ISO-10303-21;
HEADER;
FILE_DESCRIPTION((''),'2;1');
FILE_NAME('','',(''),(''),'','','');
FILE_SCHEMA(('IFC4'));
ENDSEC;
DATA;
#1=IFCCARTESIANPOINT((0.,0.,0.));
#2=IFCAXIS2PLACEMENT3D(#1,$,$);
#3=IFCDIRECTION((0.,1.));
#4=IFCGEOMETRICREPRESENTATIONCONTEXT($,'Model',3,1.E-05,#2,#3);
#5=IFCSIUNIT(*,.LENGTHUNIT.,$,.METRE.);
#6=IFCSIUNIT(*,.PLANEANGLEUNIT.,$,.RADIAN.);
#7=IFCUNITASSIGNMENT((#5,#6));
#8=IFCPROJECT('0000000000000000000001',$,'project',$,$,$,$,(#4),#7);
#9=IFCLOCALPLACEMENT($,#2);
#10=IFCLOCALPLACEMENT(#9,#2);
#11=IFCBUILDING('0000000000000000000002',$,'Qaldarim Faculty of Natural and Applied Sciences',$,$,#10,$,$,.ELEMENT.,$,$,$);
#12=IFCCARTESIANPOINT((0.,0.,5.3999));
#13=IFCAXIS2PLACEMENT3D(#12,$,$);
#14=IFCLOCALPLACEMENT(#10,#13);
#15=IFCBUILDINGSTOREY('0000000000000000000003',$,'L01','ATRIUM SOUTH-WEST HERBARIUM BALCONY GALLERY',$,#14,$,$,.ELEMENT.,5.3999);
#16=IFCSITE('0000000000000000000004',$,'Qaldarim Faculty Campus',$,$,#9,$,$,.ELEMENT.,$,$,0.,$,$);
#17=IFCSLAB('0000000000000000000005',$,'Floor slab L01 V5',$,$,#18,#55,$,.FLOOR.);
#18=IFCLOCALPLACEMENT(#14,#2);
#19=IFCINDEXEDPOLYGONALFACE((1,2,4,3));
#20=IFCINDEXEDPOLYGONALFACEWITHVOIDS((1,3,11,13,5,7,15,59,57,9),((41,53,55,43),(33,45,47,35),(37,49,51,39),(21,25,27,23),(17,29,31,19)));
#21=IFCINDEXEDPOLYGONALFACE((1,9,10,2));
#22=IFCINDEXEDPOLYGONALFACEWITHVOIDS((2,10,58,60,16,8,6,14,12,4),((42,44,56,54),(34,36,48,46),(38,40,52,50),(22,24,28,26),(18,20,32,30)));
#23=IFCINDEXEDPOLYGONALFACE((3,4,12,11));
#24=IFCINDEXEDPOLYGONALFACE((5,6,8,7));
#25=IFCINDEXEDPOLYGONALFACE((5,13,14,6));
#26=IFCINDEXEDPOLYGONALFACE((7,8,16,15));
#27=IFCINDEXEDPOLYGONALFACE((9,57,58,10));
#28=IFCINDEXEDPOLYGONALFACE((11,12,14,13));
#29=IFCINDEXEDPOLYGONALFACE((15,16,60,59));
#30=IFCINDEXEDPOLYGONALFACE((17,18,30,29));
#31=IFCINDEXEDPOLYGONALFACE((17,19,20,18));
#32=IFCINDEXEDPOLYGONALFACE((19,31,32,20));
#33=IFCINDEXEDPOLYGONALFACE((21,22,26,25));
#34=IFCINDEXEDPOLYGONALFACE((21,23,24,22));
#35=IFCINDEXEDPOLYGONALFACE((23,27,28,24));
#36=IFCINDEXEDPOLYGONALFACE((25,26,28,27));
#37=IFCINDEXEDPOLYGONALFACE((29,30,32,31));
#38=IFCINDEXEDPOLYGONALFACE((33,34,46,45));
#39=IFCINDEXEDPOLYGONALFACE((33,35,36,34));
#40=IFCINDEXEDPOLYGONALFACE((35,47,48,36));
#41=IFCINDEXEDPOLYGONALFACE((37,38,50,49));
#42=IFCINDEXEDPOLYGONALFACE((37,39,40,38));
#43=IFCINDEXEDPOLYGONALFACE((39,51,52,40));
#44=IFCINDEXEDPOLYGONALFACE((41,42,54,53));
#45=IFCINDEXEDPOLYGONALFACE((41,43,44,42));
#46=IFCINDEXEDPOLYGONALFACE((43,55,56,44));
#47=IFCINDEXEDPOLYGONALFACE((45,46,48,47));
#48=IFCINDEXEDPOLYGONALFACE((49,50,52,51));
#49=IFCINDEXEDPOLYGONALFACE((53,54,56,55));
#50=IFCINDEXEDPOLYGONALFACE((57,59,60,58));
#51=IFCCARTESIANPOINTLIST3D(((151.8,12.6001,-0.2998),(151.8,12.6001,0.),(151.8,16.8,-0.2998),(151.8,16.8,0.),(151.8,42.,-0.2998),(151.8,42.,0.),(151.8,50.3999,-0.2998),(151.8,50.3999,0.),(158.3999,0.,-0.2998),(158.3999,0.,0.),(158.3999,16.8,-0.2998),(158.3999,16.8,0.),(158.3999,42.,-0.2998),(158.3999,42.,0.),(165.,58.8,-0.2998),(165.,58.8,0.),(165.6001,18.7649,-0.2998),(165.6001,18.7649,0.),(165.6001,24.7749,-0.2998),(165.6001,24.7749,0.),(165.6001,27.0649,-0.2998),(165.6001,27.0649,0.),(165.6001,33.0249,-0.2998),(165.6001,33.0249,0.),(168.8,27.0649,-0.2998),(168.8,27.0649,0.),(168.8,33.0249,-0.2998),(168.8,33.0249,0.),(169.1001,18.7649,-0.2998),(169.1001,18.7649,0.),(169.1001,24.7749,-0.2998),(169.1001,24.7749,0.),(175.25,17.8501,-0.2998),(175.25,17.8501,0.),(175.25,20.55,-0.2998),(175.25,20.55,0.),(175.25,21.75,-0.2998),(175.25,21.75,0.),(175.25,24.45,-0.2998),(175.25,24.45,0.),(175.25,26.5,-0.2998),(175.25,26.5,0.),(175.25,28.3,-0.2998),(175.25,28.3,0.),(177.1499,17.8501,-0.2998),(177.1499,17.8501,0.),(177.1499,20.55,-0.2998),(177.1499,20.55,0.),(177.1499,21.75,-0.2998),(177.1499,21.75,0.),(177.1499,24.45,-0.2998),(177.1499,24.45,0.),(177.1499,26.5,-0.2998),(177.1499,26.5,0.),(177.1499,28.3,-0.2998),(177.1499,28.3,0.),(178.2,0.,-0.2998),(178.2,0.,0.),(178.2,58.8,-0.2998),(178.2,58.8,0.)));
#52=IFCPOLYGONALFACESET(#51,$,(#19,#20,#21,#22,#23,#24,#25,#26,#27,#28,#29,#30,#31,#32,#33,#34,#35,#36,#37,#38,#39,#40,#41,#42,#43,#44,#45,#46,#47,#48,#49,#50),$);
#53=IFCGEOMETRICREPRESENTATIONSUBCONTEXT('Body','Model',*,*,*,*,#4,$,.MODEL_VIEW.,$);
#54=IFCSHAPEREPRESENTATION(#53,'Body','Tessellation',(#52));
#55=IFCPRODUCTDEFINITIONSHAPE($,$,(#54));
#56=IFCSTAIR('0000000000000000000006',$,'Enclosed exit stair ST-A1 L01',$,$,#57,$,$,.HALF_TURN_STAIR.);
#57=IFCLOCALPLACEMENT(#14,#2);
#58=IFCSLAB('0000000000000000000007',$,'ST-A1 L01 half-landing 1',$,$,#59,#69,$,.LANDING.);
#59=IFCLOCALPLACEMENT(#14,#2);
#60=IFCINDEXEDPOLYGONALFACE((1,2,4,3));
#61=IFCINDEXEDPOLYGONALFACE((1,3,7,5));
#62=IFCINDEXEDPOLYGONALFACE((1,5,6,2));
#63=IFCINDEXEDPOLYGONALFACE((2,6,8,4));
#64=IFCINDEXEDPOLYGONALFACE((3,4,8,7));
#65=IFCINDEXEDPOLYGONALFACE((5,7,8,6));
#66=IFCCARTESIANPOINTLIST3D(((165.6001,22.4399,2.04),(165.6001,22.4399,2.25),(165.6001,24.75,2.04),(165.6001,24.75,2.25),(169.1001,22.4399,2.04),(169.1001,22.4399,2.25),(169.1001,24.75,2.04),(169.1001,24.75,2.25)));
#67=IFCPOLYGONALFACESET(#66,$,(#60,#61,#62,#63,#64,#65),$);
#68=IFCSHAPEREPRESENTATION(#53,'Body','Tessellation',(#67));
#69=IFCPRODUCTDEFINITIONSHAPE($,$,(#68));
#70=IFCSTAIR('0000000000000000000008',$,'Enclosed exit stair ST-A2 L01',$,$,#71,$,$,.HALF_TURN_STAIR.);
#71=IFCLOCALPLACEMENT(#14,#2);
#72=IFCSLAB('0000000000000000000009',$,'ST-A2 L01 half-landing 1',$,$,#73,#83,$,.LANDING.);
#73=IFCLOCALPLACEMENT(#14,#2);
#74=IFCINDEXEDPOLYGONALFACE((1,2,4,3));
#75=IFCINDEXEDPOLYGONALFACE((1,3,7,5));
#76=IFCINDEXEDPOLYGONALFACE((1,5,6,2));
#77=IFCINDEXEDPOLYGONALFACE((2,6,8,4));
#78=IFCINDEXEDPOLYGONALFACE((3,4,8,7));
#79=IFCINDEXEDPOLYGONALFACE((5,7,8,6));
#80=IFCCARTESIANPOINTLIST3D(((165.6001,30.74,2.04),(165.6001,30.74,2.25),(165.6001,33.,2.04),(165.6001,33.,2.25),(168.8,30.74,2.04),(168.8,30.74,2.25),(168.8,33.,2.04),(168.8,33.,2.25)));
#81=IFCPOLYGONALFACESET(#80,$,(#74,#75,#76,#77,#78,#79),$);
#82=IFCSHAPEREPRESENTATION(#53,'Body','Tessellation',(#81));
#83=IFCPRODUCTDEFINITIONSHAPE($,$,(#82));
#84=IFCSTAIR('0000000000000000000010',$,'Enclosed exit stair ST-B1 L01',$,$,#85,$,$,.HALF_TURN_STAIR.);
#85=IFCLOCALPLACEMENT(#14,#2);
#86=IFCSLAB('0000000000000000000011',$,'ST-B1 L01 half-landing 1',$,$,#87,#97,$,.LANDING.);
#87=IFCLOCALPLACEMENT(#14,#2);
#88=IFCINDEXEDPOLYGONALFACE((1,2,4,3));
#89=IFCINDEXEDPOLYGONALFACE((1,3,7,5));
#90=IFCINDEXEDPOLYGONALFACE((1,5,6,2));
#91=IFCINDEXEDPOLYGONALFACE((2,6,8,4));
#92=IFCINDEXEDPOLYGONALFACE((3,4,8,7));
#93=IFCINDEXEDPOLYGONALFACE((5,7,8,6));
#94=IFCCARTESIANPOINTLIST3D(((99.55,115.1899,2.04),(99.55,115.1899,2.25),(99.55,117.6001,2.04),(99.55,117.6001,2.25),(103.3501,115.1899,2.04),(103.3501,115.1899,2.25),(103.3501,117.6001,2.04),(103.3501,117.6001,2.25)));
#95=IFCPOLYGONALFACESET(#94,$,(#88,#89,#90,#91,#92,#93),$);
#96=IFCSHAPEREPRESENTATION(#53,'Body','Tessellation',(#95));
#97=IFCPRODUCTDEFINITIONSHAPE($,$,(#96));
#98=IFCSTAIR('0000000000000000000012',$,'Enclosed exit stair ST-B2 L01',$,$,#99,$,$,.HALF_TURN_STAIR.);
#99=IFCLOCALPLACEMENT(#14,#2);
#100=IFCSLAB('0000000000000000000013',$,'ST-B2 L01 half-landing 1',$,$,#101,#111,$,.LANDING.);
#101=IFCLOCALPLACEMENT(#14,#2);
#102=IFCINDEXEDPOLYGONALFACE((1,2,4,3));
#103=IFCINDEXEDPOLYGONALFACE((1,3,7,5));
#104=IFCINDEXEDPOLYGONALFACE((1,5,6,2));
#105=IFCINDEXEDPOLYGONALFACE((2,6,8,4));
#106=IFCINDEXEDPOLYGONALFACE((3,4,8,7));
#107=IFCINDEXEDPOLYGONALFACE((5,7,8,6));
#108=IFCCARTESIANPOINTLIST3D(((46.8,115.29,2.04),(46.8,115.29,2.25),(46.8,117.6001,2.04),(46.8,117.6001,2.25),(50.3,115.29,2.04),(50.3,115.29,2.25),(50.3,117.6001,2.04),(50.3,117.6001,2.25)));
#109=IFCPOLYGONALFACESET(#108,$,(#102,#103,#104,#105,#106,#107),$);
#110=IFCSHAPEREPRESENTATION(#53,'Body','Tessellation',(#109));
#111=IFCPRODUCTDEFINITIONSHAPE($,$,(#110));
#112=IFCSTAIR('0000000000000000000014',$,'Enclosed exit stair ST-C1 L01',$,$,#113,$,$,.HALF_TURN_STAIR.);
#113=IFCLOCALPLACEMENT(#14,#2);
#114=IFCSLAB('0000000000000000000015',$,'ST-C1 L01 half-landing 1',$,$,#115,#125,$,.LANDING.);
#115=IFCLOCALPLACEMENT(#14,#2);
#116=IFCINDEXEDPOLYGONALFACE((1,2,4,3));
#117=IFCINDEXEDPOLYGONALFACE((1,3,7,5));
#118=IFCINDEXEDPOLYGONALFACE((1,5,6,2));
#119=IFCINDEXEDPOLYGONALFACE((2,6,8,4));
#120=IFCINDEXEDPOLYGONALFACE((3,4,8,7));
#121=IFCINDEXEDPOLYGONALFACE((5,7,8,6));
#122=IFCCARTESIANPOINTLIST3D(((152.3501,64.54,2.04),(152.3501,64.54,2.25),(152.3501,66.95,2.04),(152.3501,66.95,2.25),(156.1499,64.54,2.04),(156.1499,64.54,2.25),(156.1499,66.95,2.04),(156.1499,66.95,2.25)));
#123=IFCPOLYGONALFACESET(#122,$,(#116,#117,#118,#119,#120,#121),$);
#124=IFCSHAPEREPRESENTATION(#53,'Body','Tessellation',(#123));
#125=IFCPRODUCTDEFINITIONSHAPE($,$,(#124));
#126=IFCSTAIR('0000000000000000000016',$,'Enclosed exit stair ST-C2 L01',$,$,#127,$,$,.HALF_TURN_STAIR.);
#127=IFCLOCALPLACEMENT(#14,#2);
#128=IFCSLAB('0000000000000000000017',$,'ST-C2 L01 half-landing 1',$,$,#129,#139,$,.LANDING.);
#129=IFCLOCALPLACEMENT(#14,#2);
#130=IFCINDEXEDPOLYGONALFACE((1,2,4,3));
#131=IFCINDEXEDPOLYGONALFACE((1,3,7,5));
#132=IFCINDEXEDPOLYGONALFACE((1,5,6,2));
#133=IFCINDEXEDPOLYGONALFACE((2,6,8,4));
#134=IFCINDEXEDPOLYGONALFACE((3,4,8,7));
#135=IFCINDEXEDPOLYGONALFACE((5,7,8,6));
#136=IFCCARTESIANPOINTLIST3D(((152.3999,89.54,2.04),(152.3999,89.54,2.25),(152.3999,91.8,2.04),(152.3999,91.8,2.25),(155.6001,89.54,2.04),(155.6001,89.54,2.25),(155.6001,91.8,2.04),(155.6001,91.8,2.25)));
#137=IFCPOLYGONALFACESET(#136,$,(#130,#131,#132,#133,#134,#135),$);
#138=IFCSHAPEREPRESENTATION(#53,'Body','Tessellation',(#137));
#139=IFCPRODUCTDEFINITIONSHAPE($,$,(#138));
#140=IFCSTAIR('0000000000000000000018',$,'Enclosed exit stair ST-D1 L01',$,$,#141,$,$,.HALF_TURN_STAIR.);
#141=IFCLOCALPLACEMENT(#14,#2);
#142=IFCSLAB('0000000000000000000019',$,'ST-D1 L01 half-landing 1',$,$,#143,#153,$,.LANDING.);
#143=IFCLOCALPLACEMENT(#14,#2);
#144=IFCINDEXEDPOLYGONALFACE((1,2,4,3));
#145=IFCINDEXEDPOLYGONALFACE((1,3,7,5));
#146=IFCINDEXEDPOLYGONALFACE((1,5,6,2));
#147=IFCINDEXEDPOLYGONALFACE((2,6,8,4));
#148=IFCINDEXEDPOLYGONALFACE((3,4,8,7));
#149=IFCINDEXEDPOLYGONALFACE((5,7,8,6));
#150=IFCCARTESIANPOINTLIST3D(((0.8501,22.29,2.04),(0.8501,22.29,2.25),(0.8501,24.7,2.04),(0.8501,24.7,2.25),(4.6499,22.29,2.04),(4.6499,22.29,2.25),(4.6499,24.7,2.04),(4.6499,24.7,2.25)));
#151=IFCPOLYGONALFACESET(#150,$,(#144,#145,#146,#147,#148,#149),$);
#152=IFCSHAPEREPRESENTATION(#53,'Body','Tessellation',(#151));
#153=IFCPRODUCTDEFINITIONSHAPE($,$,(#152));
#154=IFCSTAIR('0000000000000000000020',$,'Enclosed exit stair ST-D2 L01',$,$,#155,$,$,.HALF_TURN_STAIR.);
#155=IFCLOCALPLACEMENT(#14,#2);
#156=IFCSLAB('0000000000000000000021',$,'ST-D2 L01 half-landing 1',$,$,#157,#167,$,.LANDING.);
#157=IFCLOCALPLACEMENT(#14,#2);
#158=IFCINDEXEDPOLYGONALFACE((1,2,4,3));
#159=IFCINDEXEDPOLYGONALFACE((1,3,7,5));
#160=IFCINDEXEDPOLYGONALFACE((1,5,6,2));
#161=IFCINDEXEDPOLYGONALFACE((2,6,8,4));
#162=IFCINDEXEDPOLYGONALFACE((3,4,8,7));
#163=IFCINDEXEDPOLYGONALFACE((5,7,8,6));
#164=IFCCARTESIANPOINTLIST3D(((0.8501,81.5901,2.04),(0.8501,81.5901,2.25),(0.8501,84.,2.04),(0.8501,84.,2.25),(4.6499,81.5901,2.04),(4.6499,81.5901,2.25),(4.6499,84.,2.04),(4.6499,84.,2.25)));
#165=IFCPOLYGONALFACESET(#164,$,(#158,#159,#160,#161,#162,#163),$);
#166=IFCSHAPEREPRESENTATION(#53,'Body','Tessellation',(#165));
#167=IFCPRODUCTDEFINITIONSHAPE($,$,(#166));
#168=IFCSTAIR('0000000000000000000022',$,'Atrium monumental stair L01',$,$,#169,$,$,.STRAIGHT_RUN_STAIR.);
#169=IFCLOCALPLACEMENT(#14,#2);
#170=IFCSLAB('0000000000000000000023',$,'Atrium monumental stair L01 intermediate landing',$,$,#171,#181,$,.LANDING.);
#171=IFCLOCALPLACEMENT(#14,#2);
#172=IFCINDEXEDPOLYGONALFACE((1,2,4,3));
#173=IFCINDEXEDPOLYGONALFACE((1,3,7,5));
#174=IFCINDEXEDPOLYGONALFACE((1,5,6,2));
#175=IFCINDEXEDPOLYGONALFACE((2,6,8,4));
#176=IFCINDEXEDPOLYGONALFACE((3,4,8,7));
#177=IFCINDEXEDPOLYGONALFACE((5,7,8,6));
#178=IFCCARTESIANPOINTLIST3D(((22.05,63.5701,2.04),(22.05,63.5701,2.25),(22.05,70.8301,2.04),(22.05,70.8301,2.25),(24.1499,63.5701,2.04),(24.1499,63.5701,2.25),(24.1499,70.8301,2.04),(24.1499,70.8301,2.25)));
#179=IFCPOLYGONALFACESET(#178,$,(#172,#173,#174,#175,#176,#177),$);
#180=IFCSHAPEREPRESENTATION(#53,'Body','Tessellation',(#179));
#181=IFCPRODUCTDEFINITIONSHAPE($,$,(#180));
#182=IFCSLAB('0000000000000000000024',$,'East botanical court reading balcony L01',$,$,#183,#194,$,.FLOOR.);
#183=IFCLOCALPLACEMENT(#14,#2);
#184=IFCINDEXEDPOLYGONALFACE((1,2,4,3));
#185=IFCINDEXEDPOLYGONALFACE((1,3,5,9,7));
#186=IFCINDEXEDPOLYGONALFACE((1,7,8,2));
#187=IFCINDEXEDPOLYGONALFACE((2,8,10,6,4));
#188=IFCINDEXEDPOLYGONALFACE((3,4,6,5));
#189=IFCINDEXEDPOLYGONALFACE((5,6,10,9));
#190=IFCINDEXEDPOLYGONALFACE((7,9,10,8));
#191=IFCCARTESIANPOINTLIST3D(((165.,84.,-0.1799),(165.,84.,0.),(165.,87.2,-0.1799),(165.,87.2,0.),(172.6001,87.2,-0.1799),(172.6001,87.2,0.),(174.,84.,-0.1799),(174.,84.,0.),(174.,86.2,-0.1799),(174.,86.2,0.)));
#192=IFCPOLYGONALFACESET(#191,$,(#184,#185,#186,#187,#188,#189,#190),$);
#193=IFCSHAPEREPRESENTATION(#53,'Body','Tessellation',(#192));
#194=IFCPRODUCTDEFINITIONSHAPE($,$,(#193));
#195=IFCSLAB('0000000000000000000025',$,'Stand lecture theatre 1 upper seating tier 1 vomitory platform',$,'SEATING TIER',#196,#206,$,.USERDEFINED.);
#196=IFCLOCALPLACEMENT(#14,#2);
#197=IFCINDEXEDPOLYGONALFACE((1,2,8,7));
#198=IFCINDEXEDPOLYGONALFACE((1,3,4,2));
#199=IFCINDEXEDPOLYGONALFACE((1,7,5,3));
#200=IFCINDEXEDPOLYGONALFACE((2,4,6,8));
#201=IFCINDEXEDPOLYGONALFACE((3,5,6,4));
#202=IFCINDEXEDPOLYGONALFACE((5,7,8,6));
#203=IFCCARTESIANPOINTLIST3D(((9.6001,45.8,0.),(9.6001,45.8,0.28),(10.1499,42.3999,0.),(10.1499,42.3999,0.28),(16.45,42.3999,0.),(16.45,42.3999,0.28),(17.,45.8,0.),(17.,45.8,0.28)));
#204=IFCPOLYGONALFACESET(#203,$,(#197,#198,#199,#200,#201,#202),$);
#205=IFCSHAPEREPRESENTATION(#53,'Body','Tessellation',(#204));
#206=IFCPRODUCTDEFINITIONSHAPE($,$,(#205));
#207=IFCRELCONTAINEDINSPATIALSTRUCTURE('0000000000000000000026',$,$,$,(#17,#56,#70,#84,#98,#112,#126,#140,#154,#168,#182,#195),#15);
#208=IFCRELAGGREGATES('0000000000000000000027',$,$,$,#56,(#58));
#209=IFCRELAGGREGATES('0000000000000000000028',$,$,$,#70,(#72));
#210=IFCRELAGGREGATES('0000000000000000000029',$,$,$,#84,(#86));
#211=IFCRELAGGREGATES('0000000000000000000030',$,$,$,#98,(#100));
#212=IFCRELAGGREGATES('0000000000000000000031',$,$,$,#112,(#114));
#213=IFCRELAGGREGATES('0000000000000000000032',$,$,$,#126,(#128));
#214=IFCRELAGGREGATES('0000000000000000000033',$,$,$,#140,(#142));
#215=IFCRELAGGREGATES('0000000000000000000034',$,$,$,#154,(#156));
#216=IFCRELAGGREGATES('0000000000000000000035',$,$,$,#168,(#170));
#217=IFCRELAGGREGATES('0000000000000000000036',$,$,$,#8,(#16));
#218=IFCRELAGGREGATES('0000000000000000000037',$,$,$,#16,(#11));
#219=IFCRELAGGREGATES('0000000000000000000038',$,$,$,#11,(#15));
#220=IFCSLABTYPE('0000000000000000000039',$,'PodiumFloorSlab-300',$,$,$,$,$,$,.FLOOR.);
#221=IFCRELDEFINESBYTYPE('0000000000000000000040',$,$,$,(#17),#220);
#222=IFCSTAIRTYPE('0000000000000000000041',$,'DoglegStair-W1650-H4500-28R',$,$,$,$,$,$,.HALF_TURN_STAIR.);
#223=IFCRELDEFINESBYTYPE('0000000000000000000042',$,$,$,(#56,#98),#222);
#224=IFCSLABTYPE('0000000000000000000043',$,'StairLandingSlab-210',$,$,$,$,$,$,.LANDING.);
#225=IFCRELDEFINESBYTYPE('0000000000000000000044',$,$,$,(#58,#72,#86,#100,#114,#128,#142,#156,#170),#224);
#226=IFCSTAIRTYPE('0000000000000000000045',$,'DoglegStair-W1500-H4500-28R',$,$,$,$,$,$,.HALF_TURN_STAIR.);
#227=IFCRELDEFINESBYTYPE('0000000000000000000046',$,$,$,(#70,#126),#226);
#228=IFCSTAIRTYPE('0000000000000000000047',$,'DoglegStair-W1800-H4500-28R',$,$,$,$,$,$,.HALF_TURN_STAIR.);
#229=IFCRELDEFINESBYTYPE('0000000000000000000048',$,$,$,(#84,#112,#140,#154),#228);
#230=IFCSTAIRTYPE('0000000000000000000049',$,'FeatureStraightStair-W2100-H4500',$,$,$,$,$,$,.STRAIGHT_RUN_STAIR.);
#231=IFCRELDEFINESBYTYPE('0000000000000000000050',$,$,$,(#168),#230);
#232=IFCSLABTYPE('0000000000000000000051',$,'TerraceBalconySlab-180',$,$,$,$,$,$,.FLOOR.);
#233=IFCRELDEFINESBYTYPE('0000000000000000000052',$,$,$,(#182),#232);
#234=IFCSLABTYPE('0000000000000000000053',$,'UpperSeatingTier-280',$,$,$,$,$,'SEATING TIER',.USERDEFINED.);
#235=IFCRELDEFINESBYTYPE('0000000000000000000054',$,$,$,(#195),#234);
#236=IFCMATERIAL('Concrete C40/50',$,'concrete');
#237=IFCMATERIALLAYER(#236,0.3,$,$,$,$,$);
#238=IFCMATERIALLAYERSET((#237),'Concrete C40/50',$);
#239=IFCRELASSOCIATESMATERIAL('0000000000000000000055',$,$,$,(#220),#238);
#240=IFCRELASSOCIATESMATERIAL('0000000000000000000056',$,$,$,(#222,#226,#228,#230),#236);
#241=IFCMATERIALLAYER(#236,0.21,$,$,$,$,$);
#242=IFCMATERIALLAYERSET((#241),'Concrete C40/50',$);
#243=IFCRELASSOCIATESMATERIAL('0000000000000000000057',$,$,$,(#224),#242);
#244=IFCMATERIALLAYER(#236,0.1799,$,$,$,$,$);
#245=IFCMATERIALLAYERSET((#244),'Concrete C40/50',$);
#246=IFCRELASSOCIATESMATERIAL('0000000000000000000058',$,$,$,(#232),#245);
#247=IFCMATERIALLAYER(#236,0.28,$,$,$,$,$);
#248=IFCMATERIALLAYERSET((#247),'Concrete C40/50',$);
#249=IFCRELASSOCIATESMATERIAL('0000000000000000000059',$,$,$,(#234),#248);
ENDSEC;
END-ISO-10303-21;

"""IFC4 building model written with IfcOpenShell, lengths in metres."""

from ifc_helpers import new_model, si_unit, direction, frame, origin, place, context, subcontext, project, spatial, polyline, outline, extrude, material, layer, layer_set, type_object, element, aggregate, save


model = new_model("IFC4")

# Units and contexts
model_context = context("Model", 3, precision=1e-05, world=origin(), true_north=direction((0.0, 1.0)))
body_context = subcontext(model_context, "Body", "Model", "MODEL_VIEW")
ifc_project = project(units=[si_unit("LENGTHUNIT", "METRE"), si_unit("PLANEANGLEUNIT", "RADIAN")], contexts=[model_context])

# Site, building, storey
site_placement = place(None, origin())
site = spatial("IfcSite", under=ifc_project, at=site_placement, Name="Qaldarim Faculty Campus", CompositionType="ELEMENT", RefElevation=0.0)
building_placement = place(site_placement, origin())
building = spatial("IfcBuilding", under=site, at=building_placement, Name="Qaldarim Faculty of Natural and Applied Sciences", CompositionType="ELEMENT")
storey_placement = place(building_placement, frame((0.0, 0.0, 5.3999)))
storey = spatial("IfcBuildingStorey", under=building, at=storey_placement, Name="L01", Description="ATRIUM SOUTH-WEST HERBARIUM BALCONY GALLERY", CompositionType="ELEMENT", Elevation=5.3999)

# Slab
ifc_material_1 = material(Name="Concrete C40/50", Category="concrete")
ifc_layer_1 = layer(ifc_material_1, 0.3)
ifc_layer_set_1 = layer_set([ifc_layer_1], Name="Concrete C40/50")
slab_type_1 = type_object("IfcSlabType", Name="PodiumFloorSlab-300", PredefinedType="FLOOR", material=ifc_layer_set_1)
slab_1_placement = place(storey_placement, frame((0.0, 0.0, -0.2998)))
element("IfcSlab", 1, at=slab_1_placement, inside=storey, type_object=slab_type_1, Name="Floor slab L01 V5", PredefinedType="FLOOR", context=body_context, shape_type="SweptSolid", body=[
    extrude(outline(polyline([(158.3999, 0.0), (178.2, 0.0), (178.2, 58.8), (165.0, 58.8), (151.8, 50.3999), (151.8, 42.0), (158.3999, 42.0), (158.3999, 16.8), (151.8, 16.8), (151.8, 12.6001), (158.3999, 0.0)]), holes=[polyline([(169.1001, 18.7649), (169.1001, 24.7749), (165.6001, 24.7749), (165.6001, 18.7649), (169.1001, 18.7649)]), polyline([(168.8, 27.0649), (168.8, 33.0249), (165.6001, 33.0249), (165.6001, 27.0649), (168.8, 27.0649)]), polyline([(175.25, 17.8501), (177.1499, 17.8501), (177.1499, 20.55), (175.25, 20.55), (175.25, 17.8501)]), polyline([(175.25, 21.75), (177.1499, 21.75), (177.1499, 24.45), (175.25, 24.45), (175.25, 21.75)]), polyline([(175.25, 26.5), (177.1499, 26.5), (177.1499, 28.3), (175.25, 28.3), (175.25, 26.5)])]), origin(), (0.0, 0.0, 1.0), 0.2998),
])

# Stairs, slabs
stair_type_1 = type_object("IfcStairType", Name="DoglegStair-W1650-H4500-28R", PredefinedType="HALF_TURN_STAIR", material=ifc_material_1)
stair_1_placement = place(storey_placement, origin())
stair_1 = element("IfcStair", 2, at=stair_1_placement, inside=storey, type_object=stair_type_1, Name="Enclosed exit stair ST-A1 L01", PredefinedType="HALF_TURN_STAIR")
ifc_layer_2 = layer(ifc_material_1, 0.21)
ifc_layer_set_2 = layer_set([ifc_layer_2], Name="Concrete C40/50")
slab_type_2 = type_object("IfcSlabType", Name="StairLandingSlab-210", PredefinedType="LANDING", material=ifc_layer_set_2)
slab_2_placement = place(storey_placement, frame((0.0, 0.0, 2.04)))
slab_2 = element("IfcSlab", 3, at=slab_2_placement, type_object=slab_type_2, Name="ST-A1 L01 half-landing 1", PredefinedType="LANDING", context=body_context, shape_type="SweptSolid", body=[
    extrude(outline(polyline([(169.1001, 22.4399), (169.1001, 24.75), (165.6001, 24.75), (165.6001, 22.4399), (169.1001, 22.4399)])), origin(), (0.0, 0.0, 1.0), 0.21),
])
aggregate(stair_1, [slab_2])
stair_type_2 = type_object("IfcStairType", Name="DoglegStair-W1500-H4500-28R", PredefinedType="HALF_TURN_STAIR", material=ifc_material_1)
stair_2_placement = place(storey_placement, origin())
stair_2 = element("IfcStair", 4, at=stair_2_placement, inside=storey, type_object=stair_type_2, Name="Enclosed exit stair ST-A2 L01", PredefinedType="HALF_TURN_STAIR")
slab_3_placement = place(storey_placement, frame((0.0, 0.0, 2.04)))
slab_3 = element("IfcSlab", 5, at=slab_3_placement, type_object=slab_type_2, Name="ST-A2 L01 half-landing 1", PredefinedType="LANDING", context=body_context, shape_type="SweptSolid", body=[
    extrude(outline(polyline([(168.8, 30.74), (168.8, 33.0), (165.6001, 33.0), (165.6001, 30.74), (168.8, 30.74)])), origin(), (0.0, 0.0, 1.0), 0.21),
])
aggregate(stair_2, [slab_3])
stair_type_3 = type_object("IfcStairType", Name="DoglegStair-W1800-H4500-28R", PredefinedType="HALF_TURN_STAIR", material=ifc_material_1)
stair_3_placement = place(storey_placement, origin())
stair_3 = element("IfcStair", 6, at=stair_3_placement, inside=storey, type_object=stair_type_3, Name="Enclosed exit stair ST-B1 L01", PredefinedType="HALF_TURN_STAIR")
slab_4_placement = place(storey_placement, frame((0.0, 0.0, 2.04)))
slab_4 = element("IfcSlab", 7, at=slab_4_placement, type_object=slab_type_2, Name="ST-B1 L01 half-landing 1", PredefinedType="LANDING", context=body_context, shape_type="SweptSolid", body=[
    extrude(outline(polyline([(103.3501, 115.1899), (103.3501, 117.6001), (99.55, 117.6001), (99.55, 115.1899), (103.3501, 115.1899)])), origin(), (0.0, 0.0, 1.0), 0.21),
])
aggregate(stair_3, [slab_4])
stair_4_placement = place(storey_placement, origin())
stair_4 = element("IfcStair", 8, at=stair_4_placement, inside=storey, type_object=stair_type_1, Name="Enclosed exit stair ST-B2 L01", PredefinedType="HALF_TURN_STAIR")
slab_5_placement = place(storey_placement, frame((0.0, 0.0, 2.04)))
slab_5 = element("IfcSlab", 9, at=slab_5_placement, type_object=slab_type_2, Name="ST-B2 L01 half-landing 1", PredefinedType="LANDING", context=body_context, shape_type="SweptSolid", body=[
    extrude(outline(polyline([(50.3, 115.29), (50.3, 117.6001), (46.8, 117.6001), (46.8, 115.29), (50.3, 115.29)])), origin(), (0.0, 0.0, 1.0), 0.21),
])
aggregate(stair_4, [slab_5])
stair_5_placement = place(storey_placement, origin())
stair_5 = element("IfcStair", 10, at=stair_5_placement, inside=storey, type_object=stair_type_3, Name="Enclosed exit stair ST-C1 L01", PredefinedType="HALF_TURN_STAIR")
slab_6_placement = place(storey_placement, frame((0.0, 0.0, 2.04)))
slab_6 = element("IfcSlab", 11, at=slab_6_placement, type_object=slab_type_2, Name="ST-C1 L01 half-landing 1", PredefinedType="LANDING", context=body_context, shape_type="SweptSolid", body=[
    extrude(outline(polyline([(156.1499, 64.54), (156.1499, 66.95), (152.3501, 66.95), (152.3501, 64.54), (156.1499, 64.54)])), origin(), (0.0, 0.0, 1.0), 0.21),
])
aggregate(stair_5, [slab_6])
stair_6_placement = place(storey_placement, origin())
stair_6 = element("IfcStair", 12, at=stair_6_placement, inside=storey, type_object=stair_type_2, Name="Enclosed exit stair ST-C2 L01", PredefinedType="HALF_TURN_STAIR")
slab_7_placement = place(storey_placement, frame((0.0, 0.0, 2.04)))
slab_7 = element("IfcSlab", 13, at=slab_7_placement, type_object=slab_type_2, Name="ST-C2 L01 half-landing 1", PredefinedType="LANDING", context=body_context, shape_type="SweptSolid", body=[
    extrude(outline(polyline([(155.6001, 89.54), (155.6001, 91.8), (152.3999, 91.8), (152.3999, 89.54), (155.6001, 89.54)])), origin(), (0.0, 0.0, 1.0), 0.21),
])
aggregate(stair_6, [slab_7])
stair_7_placement = place(storey_placement, origin())
stair_7 = element("IfcStair", 14, at=stair_7_placement, inside=storey, type_object=stair_type_3, Name="Enclosed exit stair ST-D1 L01", PredefinedType="HALF_TURN_STAIR")
slab_8_placement = place(storey_placement, frame((0.0, 0.0, 2.04)))
slab_8 = element("IfcSlab", 15, at=slab_8_placement, type_object=slab_type_2, Name="ST-D1 L01 half-landing 1", PredefinedType="LANDING", context=body_context, shape_type="SweptSolid", body=[
    extrude(outline(polyline([(4.6499, 22.29), (4.6499, 24.7), (0.8501, 24.7), (0.8501, 22.29), (4.6499, 22.29)])), origin(), (0.0, 0.0, 1.0), 0.21),
])
aggregate(stair_7, [slab_8])
stair_8_placement = place(storey_placement, origin())
stair_8 = element("IfcStair", 16, at=stair_8_placement, inside=storey, type_object=stair_type_3, Name="Enclosed exit stair ST-D2 L01", PredefinedType="HALF_TURN_STAIR")
slab_9_placement = place(storey_placement, frame((0.0, 0.0, 2.04)))
slab_9 = element("IfcSlab", 17, at=slab_9_placement, type_object=slab_type_2, Name="ST-D2 L01 half-landing 1", PredefinedType="LANDING", context=body_context, shape_type="SweptSolid", body=[
    extrude(outline(polyline([(4.6499, 81.5901), (4.6499, 84.0), (0.8501, 84.0), (0.8501, 81.5901), (4.6499, 81.5901)])), origin(), (0.0, 0.0, 1.0), 0.21),
])
aggregate(stair_8, [slab_9])
stair_type_4 = type_object("IfcStairType", Name="FeatureStraightStair-W2100-H4500", PredefinedType="STRAIGHT_RUN_STAIR", material=ifc_material_1)
stair_9_placement = place(storey_placement, origin())
stair_9 = element("IfcStair", 18, at=stair_9_placement, inside=storey, type_object=stair_type_4, Name="Atrium monumental stair L01", PredefinedType="STRAIGHT_RUN_STAIR")
slab_10_placement = place(storey_placement, frame((0.0, 0.0, 2.04)))
slab_10 = element("IfcSlab", 19, at=slab_10_placement, type_object=slab_type_2, Name="Atrium monumental stair L01 intermediate landing", PredefinedType="LANDING", context=body_context, shape_type="SweptSolid", body=[
    extrude(outline(polyline([(22.05, 63.5701), (24.1499, 63.5701), (24.1499, 70.8301), (22.05, 70.8301), (22.05, 63.5701)])), origin(), (0.0, 0.0, 1.0), 0.21),
])
aggregate(stair_9, [slab_10])

# Slabs
ifc_layer_3 = layer(ifc_material_1, 0.1799)
ifc_layer_set_3 = layer_set([ifc_layer_3], Name="Concrete C40/50")
slab_type_3 = type_object("IfcSlabType", Name="TerraceBalconySlab-180", PredefinedType="FLOOR", material=ifc_layer_set_3)
slab_11_placement = place(storey_placement, frame((0.0, 0.0, -0.1799)))
element("IfcSlab", 20, at=slab_11_placement, inside=storey, type_object=slab_type_3, Name="East botanical court reading balcony L01", PredefinedType="FLOOR", context=body_context, shape_type="SweptSolid", body=[
    extrude(outline(polyline([(165.0, 84.0), (174.0, 84.0), (174.0, 86.2), (172.6001, 87.2), (165.0, 87.2), (165.0, 84.0)])), origin(), (0.0, 0.0, 1.0), 0.1799),
])
ifc_layer_4 = layer(ifc_material_1, 0.28)
ifc_layer_set_4 = layer_set([ifc_layer_4], Name="Concrete C40/50")
slab_type_4 = type_object("IfcSlabType", Name="UpperSeatingTier-280", ElementType="SEATING TIER", PredefinedType="USERDEFINED", material=ifc_layer_set_4)
slab_12_placement = place(storey_placement, origin())
element("IfcSlab", 21, at=slab_12_placement, inside=storey, type_object=slab_type_4, Name="Stand lecture theatre 1 upper seating tier 1 vomitory platform", ObjectType="SEATING TIER", PredefinedType="USERDEFINED", context=body_context, shape_type="SweptSolid", body=[
    extrude(outline(polyline([(10.1499, 42.3999), (16.45, 42.3999), (17.0, 45.8), (9.6001, 45.8), (10.1499, 42.3999)])), origin(), (0.0, 0.0, 1.0), 0.28),
])

save(model, "model.ifc")
